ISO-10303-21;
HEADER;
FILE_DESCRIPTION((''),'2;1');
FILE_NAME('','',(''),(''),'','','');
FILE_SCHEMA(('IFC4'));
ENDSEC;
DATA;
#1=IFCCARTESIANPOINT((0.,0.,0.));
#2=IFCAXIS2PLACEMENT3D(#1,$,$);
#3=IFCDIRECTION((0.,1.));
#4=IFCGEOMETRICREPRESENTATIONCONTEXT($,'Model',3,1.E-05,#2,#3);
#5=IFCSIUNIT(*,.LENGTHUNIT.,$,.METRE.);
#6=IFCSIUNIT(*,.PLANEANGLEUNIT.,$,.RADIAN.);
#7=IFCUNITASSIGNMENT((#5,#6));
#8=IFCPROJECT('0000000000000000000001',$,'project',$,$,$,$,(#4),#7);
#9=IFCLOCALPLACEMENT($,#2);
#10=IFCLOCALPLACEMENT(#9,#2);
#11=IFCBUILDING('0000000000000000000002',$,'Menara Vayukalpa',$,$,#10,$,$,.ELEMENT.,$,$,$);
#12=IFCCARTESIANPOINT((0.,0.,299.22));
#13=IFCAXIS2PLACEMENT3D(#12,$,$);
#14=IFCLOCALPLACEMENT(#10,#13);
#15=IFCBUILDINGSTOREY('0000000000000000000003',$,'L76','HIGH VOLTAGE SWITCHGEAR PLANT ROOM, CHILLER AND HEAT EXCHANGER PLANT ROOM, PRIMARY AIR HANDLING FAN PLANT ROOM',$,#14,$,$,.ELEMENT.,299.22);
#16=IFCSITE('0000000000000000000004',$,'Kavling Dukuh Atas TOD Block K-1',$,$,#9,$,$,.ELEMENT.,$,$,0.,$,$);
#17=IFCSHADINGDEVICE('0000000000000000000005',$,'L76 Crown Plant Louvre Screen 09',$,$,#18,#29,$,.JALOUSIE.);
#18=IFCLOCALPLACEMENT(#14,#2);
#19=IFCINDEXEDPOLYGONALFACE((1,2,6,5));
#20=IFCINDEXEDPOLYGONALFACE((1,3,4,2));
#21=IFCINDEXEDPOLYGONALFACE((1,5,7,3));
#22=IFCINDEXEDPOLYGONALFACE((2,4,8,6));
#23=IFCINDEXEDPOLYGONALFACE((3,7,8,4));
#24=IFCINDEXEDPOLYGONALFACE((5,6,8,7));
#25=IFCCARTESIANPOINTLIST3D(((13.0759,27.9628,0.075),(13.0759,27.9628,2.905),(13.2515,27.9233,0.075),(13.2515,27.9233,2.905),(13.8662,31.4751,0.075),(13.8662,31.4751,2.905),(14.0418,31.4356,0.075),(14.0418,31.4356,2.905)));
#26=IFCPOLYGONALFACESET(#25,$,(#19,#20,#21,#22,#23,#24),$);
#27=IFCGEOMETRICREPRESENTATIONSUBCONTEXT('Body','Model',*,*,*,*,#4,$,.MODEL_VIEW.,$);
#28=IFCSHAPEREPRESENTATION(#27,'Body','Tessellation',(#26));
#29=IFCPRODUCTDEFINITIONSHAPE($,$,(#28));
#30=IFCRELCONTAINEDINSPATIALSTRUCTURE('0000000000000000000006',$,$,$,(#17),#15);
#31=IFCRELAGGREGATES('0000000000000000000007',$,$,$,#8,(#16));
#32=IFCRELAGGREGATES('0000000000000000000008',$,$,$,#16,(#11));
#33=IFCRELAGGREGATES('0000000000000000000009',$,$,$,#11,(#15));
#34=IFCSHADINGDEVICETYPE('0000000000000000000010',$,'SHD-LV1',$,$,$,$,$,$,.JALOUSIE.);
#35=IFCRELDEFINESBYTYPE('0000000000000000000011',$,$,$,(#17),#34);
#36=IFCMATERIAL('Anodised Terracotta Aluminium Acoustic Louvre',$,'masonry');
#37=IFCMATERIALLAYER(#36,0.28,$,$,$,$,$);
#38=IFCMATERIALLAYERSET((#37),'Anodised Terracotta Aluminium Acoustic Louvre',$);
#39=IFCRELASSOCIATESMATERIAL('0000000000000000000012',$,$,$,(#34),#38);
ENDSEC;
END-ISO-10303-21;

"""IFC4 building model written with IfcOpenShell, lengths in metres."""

from ifc_helpers import new_model, si_unit, direction, frame, origin, origin_2d, place, context, subcontext, project, spatial, rectangle, extrude, material, layer, layer_set, type_object, element, save


model = new_model("IFC4")

# Units and contexts
model_context = context("Model", 3, precision=1e-05, world=origin(), true_north=direction((0.0, 1.0)))
body_context = subcontext(model_context, "Body", "Model", "MODEL_VIEW")
ifc_project = project(units=[si_unit("LENGTHUNIT", "METRE"), si_unit("PLANEANGLEUNIT", "RADIAN")], contexts=[model_context])

# Site, building, storey
site_placement = place(None, origin())
site = spatial("IfcSite", under=ifc_project, at=site_placement, Name="Kavling Dukuh Atas TOD Block K-1", CompositionType="ELEMENT", RefElevation=0.0)
building_placement = place(site_placement, origin())
building = spatial("IfcBuilding", under=site, at=building_placement, Name="Menara Vayukalpa", CompositionType="ELEMENT")
storey_placement = place(building_placement, frame((0.0, 0.0, 299.22)))
storey = spatial("IfcBuildingStorey", under=building, at=storey_placement, Name="L76", Description="HIGH VOLTAGE SWITCHGEAR PLANT ROOM, CHILLER AND HEAT EXCHANGER PLANT ROOM, PRIMARY AIR HANDLING FAN PLANT ROOM", CompositionType="ELEMENT", Elevation=299.22)

# Shading device
ifc_material_1 = material(Name="Anodised Terracotta Aluminium Acoustic Louvre", Category="masonry")
ifc_layer_1 = layer(ifc_material_1, 0.28)
ifc_layer_set_1 = layer_set([ifc_layer_1], Name="Anodised Terracotta Aluminium Acoustic Louvre")
shading_device_type = type_object("IfcShadingDeviceType", Name="SHD-LV1", PredefinedType="JALOUSIE", material=ifc_layer_set_1)
shading_device_placement = place(storey_placement, frame((13.5588, 29.6992, 0.075), z_axis=(0.0, 0.0, 1.0), x_axis=(-0.219523, -0.975607, 0.0)))
element("IfcShadingDevice", 1, at=shading_device_placement, inside=storey, type_object=shading_device_type, Name="L76 Crown Plant Louvre Screen 09", PredefinedType="JALOUSIE", context=body_context, shape_type="SweptSolid", body=[
    extrude(rectangle(XDim=3.6001, YDim=0.1799, at=origin_2d()), origin(), (0.0, 0.0, 1.0), 2.8301),
])

save(model, "model.ifc")
